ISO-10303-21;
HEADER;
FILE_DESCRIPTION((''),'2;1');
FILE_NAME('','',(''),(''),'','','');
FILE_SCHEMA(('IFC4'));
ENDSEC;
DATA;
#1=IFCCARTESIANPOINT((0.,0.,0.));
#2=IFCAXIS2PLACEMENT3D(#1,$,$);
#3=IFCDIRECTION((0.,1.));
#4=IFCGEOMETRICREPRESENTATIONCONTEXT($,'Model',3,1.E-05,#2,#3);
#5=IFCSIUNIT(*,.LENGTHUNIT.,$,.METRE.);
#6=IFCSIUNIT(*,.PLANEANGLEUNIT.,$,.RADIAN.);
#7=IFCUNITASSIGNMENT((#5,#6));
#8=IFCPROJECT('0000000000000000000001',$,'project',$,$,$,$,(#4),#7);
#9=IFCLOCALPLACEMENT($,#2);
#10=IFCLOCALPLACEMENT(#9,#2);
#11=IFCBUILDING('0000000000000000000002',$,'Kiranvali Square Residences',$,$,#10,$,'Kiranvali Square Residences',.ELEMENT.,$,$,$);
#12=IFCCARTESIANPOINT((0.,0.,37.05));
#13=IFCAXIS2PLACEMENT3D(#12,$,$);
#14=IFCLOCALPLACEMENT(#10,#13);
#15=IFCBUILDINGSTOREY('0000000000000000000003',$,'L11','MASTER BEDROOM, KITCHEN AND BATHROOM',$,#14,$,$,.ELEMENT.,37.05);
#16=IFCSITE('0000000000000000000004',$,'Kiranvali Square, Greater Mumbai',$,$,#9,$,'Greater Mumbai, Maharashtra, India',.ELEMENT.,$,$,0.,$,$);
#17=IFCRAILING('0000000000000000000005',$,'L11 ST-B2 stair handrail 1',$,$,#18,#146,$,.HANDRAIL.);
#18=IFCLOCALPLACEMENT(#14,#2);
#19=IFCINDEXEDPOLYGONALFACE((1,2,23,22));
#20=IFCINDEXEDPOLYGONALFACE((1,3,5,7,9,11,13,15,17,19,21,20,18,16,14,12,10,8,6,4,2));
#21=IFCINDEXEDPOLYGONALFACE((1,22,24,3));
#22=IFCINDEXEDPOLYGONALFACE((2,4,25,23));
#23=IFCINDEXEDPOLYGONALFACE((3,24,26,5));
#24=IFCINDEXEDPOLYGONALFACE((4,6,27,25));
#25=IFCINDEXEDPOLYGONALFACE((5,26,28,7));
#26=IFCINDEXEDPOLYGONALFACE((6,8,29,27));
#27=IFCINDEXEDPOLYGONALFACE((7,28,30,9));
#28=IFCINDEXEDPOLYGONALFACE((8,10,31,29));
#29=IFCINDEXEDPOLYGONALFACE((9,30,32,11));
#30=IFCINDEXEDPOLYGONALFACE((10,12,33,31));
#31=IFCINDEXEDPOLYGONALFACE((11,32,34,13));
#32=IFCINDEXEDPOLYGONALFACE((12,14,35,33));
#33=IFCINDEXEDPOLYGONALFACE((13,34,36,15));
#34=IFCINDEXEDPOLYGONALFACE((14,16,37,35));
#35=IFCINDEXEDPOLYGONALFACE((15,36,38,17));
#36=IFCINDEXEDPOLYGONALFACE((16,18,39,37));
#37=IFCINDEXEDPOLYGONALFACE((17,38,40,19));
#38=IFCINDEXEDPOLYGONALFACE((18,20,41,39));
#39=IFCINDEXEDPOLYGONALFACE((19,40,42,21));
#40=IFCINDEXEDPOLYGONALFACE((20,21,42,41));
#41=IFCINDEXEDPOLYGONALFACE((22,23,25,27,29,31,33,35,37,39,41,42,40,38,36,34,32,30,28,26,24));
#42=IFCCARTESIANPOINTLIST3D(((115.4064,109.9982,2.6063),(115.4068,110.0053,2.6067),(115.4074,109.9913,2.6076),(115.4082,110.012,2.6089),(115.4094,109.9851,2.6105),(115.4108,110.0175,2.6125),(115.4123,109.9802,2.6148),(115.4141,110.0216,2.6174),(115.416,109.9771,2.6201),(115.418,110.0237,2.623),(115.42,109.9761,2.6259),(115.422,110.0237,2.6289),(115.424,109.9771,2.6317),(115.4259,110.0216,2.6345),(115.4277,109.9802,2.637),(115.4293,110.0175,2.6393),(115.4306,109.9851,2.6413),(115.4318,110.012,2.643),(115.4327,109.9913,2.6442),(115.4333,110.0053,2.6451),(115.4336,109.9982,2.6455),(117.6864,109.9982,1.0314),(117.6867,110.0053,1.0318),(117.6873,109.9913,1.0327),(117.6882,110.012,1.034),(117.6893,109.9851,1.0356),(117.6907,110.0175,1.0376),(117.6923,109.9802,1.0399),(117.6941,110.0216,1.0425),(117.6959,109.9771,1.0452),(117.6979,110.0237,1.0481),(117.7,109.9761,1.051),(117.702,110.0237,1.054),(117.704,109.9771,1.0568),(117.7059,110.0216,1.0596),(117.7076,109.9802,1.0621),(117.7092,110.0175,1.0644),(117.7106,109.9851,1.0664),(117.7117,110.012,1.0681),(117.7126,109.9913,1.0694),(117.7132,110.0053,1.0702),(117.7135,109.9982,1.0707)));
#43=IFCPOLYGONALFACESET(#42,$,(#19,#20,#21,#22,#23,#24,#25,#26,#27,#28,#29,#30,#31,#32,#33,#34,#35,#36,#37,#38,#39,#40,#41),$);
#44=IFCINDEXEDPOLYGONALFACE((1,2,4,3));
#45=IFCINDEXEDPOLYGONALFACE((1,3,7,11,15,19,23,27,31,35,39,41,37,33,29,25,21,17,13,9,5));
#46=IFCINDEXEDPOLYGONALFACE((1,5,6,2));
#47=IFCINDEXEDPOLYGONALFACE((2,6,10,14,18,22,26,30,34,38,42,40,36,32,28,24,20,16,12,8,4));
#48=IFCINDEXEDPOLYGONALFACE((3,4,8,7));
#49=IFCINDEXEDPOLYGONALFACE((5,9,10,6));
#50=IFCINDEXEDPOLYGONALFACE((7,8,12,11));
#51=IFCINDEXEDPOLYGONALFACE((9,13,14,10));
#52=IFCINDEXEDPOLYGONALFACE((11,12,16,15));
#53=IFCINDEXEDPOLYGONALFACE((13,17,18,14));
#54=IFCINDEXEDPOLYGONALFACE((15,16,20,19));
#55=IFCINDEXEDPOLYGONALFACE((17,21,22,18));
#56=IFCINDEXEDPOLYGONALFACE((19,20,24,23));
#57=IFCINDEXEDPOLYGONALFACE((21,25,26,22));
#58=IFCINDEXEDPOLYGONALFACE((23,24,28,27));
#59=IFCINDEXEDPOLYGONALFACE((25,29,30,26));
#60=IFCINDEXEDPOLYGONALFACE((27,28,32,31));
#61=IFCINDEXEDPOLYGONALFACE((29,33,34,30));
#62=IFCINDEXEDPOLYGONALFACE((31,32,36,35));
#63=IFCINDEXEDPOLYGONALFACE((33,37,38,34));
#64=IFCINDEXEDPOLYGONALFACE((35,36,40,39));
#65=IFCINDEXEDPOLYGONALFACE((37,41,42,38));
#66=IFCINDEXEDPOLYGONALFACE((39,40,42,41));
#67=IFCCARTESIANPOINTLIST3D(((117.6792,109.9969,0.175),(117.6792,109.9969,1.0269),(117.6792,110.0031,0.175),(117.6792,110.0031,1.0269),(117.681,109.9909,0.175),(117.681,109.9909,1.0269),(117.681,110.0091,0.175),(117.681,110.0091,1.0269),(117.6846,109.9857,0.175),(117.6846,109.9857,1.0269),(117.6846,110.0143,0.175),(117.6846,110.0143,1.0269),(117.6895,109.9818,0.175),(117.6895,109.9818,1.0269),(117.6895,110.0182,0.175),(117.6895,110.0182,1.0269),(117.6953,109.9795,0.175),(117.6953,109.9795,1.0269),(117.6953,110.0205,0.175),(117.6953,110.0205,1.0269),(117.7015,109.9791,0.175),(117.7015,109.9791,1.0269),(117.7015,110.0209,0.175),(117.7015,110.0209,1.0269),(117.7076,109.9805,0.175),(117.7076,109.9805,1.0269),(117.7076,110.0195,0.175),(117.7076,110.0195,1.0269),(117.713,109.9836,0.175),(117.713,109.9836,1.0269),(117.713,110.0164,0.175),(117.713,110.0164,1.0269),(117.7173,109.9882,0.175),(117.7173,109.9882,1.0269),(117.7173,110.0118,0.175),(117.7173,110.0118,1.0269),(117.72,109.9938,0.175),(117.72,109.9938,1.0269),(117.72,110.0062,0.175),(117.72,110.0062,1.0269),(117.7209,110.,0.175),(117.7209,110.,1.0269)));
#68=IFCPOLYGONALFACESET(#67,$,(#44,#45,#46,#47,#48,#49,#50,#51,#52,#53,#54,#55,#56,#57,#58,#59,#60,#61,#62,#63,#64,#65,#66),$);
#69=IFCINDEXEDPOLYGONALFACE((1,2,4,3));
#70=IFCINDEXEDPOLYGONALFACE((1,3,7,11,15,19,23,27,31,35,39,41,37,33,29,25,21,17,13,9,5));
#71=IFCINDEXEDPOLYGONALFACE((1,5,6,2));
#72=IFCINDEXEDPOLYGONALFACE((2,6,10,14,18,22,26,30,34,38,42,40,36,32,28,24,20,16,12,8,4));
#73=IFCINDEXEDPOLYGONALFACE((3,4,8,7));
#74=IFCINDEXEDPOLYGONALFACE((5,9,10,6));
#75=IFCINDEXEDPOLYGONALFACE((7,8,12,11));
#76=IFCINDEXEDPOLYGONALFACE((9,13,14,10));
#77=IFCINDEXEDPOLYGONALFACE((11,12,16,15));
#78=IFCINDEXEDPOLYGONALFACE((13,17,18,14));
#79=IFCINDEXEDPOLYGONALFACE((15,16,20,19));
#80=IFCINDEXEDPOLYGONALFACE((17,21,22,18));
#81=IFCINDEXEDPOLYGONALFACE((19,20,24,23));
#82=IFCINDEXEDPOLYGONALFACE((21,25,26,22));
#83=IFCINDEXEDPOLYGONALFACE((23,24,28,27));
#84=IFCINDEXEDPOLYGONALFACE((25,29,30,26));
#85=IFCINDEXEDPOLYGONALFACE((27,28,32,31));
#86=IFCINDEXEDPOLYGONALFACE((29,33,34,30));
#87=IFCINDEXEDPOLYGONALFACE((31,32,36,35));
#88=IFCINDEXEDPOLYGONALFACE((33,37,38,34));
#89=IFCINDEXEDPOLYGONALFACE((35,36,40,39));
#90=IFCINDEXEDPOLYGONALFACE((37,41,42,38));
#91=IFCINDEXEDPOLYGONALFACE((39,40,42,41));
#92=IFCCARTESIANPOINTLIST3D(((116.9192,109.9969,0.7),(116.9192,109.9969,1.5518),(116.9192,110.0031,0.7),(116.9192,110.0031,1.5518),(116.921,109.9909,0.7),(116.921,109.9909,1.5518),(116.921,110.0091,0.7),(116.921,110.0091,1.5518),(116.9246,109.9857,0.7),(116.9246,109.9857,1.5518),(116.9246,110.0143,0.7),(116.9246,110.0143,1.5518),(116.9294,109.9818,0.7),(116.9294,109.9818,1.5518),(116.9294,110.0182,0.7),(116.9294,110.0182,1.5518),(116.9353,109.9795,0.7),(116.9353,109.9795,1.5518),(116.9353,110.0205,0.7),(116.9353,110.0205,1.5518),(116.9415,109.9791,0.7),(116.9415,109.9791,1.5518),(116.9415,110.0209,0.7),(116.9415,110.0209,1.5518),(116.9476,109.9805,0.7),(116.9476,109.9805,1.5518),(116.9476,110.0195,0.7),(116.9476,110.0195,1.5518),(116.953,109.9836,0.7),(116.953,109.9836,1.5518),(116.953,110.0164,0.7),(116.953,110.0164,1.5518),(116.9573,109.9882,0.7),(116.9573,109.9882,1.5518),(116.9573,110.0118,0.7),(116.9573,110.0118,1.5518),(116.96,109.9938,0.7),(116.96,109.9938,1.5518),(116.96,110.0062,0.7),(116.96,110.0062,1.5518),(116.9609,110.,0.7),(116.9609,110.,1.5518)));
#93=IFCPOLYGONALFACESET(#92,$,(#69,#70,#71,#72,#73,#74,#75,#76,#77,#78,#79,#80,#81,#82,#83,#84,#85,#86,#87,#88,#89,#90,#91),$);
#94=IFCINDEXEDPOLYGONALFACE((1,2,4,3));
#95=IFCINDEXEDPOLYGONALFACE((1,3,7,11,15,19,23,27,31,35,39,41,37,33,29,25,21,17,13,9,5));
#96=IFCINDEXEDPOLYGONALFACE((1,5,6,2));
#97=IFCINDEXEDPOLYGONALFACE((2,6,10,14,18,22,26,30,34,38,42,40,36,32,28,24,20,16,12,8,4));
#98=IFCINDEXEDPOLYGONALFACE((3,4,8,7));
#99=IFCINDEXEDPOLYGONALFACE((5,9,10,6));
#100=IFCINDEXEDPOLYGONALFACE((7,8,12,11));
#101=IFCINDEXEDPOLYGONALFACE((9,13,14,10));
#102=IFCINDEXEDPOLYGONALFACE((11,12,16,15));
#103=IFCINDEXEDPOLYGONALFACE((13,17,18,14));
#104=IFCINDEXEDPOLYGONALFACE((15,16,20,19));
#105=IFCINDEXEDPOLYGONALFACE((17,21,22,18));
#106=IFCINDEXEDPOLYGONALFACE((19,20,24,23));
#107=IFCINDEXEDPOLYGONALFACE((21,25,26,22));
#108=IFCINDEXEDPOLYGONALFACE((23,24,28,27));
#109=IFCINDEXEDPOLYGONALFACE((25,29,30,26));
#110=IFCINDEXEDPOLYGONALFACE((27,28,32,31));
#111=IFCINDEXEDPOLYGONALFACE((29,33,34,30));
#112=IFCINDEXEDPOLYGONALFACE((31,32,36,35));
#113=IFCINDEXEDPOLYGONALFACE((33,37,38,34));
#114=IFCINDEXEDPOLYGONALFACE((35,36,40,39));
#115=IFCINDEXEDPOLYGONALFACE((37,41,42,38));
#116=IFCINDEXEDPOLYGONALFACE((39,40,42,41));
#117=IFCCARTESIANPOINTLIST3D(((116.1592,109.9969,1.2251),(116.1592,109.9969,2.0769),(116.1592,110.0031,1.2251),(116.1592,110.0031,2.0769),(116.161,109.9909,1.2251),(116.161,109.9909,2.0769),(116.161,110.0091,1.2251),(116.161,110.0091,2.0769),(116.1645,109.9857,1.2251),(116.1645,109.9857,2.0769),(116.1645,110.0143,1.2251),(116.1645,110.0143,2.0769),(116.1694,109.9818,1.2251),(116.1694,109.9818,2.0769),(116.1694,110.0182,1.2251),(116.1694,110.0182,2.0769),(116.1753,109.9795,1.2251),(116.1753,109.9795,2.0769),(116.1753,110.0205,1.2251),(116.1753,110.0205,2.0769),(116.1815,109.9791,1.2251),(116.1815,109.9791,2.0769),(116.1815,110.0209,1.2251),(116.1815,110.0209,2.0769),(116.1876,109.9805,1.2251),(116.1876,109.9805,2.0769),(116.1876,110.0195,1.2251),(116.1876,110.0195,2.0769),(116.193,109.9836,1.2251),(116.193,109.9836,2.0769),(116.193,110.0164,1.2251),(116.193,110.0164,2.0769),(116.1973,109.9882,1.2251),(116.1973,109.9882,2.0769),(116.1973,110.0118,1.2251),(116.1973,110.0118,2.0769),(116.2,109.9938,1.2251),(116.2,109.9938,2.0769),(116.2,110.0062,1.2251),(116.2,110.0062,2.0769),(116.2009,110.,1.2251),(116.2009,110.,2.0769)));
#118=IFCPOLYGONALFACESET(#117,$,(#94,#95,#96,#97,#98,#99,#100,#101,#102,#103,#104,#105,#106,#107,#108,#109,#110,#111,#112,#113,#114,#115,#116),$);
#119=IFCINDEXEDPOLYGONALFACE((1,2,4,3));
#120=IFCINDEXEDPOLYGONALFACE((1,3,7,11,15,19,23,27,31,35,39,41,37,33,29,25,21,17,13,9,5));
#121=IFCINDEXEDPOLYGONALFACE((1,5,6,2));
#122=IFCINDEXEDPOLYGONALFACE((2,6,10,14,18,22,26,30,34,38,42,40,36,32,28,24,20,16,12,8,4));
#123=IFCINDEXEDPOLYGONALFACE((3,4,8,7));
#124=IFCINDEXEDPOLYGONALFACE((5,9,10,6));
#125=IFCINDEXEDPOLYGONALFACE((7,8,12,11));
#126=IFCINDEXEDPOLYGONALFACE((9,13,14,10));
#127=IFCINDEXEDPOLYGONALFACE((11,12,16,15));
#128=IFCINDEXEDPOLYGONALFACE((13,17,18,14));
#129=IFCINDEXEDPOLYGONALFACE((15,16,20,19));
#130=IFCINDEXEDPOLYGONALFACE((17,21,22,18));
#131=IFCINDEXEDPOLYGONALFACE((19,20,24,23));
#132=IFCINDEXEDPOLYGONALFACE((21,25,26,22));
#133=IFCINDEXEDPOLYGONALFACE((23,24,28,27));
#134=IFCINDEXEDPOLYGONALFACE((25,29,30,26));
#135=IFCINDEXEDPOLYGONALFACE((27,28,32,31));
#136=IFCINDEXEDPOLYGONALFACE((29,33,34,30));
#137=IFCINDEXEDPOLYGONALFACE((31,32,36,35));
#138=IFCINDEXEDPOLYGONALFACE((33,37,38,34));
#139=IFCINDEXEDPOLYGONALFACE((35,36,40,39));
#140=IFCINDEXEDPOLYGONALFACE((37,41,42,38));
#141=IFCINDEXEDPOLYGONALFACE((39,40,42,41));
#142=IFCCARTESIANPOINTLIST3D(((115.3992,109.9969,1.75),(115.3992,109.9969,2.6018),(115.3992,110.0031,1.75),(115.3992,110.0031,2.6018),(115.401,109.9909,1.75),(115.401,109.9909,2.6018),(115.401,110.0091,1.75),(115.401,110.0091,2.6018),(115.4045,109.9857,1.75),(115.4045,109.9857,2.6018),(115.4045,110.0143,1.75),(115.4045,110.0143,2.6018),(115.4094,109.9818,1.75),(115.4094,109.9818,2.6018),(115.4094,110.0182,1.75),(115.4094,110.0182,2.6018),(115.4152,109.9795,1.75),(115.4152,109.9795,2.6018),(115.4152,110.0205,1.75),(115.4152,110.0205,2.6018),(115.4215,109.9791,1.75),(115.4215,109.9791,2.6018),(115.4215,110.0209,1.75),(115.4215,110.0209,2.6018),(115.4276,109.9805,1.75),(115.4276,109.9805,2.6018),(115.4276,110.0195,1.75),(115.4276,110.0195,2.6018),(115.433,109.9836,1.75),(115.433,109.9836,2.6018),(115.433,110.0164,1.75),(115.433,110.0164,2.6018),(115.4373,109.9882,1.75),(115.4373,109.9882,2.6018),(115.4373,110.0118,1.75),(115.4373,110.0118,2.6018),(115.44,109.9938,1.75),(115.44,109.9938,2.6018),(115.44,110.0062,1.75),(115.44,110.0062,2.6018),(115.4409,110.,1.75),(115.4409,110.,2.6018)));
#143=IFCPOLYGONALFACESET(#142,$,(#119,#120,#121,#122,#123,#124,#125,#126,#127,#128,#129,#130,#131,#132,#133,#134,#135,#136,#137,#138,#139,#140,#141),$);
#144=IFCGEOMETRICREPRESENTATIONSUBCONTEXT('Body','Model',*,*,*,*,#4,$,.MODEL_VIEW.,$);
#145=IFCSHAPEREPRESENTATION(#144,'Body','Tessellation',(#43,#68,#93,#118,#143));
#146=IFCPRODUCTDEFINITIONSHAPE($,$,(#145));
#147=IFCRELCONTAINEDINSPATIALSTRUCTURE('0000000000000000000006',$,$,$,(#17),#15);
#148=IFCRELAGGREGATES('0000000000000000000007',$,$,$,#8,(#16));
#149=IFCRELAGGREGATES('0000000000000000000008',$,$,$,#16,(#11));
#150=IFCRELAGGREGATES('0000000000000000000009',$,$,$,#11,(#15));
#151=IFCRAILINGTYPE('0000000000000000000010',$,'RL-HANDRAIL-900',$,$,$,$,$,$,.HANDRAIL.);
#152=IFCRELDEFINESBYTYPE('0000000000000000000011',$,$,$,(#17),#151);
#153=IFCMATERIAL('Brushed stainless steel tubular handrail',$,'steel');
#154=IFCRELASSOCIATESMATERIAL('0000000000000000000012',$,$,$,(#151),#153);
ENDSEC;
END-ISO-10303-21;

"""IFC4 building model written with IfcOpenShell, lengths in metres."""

from ifc_helpers import new_model, si_unit, direction, frame, origin, origin_2d, place, context, subcontext, project, spatial, circle, extrude, material, type_object, element, save


model = new_model("IFC4")

# Units and contexts
model_context = context("Model", 3, precision=1e-05, world=origin(), true_north=direction((0.0, 1.0)))
body_context = subcontext(model_context, "Body", "Model", "MODEL_VIEW")
ifc_project = project(units=[si_unit("LENGTHUNIT", "METRE"), si_unit("PLANEANGLEUNIT", "RADIAN")], contexts=[model_context])

# Site, building, storey
site_placement = place(None, origin())
site = spatial("IfcSite", under=ifc_project, at=site_placement, Name="Kiranvali Square, Greater Mumbai", LongName="Greater Mumbai, Maharashtra, India", CompositionType="ELEMENT", RefElevation=0.0)
building_placement = place(site_placement, origin())
building = spatial("IfcBuilding", under=site, at=building_placement, Name="Kiranvali Square Residences", LongName="Kiranvali Square Residences", CompositionType="ELEMENT")
storey_placement = place(building_placement, frame((0.0, 0.0, 37.05)))
storey = spatial("IfcBuildingStorey", under=building, at=storey_placement, Name="L11", Description="MASTER BEDROOM, KITCHEN AND BATHROOM", CompositionType="ELEMENT", Elevation=37.05)

# Railing
ifc_material_1 = material(Name="Brushed stainless steel tubular handrail", Category="steel")
railing_type_1 = type_object("IfcRailingType", Name="RL-HANDRAIL-900", PredefinedType="HANDRAIL", material=ifc_material_1)
railing_1_placement = place(storey_placement, frame((117.7, 110.0, 0.175)))
element("IfcRailing", 1, at=railing_1_placement, inside=storey, type_object=railing_type_1, Name="L11 ST-B2 stair handrail 1", PredefinedType="HANDRAIL", context=body_context, shape_type="SweptSolid", body=[
    extrude(circle(Radius=0.0239, at=origin_2d()), frame((0.0, 0.0, 0.876), z_axis=(-0.822788, 0.0, 0.568348), x_axis=(0.0, -1.0, 0.0)), (0.0, 0.0, 1.0), 2.771),
    extrude(circle(Radius=0.021, at=origin_2d()), origin(), (0.0, 0.0, 1.0), 0.8518),
    extrude(circle(Radius=0.021, at=origin_2d()), frame((-0.76, 0.0, 0.5249)), (0.0, 0.0, 1.0), 0.8518),
    extrude(circle(Radius=0.021, at=origin_2d()), frame((-1.52, 0.0, 1.05)), (0.0, 0.0, 1.0), 0.8518),
    extrude(circle(Radius=0.021, at=origin_2d()), frame((-2.28, 0.0, 1.575)), (0.0, 0.0, 1.0), 0.8518),
])

save(model, "model.ifc")
